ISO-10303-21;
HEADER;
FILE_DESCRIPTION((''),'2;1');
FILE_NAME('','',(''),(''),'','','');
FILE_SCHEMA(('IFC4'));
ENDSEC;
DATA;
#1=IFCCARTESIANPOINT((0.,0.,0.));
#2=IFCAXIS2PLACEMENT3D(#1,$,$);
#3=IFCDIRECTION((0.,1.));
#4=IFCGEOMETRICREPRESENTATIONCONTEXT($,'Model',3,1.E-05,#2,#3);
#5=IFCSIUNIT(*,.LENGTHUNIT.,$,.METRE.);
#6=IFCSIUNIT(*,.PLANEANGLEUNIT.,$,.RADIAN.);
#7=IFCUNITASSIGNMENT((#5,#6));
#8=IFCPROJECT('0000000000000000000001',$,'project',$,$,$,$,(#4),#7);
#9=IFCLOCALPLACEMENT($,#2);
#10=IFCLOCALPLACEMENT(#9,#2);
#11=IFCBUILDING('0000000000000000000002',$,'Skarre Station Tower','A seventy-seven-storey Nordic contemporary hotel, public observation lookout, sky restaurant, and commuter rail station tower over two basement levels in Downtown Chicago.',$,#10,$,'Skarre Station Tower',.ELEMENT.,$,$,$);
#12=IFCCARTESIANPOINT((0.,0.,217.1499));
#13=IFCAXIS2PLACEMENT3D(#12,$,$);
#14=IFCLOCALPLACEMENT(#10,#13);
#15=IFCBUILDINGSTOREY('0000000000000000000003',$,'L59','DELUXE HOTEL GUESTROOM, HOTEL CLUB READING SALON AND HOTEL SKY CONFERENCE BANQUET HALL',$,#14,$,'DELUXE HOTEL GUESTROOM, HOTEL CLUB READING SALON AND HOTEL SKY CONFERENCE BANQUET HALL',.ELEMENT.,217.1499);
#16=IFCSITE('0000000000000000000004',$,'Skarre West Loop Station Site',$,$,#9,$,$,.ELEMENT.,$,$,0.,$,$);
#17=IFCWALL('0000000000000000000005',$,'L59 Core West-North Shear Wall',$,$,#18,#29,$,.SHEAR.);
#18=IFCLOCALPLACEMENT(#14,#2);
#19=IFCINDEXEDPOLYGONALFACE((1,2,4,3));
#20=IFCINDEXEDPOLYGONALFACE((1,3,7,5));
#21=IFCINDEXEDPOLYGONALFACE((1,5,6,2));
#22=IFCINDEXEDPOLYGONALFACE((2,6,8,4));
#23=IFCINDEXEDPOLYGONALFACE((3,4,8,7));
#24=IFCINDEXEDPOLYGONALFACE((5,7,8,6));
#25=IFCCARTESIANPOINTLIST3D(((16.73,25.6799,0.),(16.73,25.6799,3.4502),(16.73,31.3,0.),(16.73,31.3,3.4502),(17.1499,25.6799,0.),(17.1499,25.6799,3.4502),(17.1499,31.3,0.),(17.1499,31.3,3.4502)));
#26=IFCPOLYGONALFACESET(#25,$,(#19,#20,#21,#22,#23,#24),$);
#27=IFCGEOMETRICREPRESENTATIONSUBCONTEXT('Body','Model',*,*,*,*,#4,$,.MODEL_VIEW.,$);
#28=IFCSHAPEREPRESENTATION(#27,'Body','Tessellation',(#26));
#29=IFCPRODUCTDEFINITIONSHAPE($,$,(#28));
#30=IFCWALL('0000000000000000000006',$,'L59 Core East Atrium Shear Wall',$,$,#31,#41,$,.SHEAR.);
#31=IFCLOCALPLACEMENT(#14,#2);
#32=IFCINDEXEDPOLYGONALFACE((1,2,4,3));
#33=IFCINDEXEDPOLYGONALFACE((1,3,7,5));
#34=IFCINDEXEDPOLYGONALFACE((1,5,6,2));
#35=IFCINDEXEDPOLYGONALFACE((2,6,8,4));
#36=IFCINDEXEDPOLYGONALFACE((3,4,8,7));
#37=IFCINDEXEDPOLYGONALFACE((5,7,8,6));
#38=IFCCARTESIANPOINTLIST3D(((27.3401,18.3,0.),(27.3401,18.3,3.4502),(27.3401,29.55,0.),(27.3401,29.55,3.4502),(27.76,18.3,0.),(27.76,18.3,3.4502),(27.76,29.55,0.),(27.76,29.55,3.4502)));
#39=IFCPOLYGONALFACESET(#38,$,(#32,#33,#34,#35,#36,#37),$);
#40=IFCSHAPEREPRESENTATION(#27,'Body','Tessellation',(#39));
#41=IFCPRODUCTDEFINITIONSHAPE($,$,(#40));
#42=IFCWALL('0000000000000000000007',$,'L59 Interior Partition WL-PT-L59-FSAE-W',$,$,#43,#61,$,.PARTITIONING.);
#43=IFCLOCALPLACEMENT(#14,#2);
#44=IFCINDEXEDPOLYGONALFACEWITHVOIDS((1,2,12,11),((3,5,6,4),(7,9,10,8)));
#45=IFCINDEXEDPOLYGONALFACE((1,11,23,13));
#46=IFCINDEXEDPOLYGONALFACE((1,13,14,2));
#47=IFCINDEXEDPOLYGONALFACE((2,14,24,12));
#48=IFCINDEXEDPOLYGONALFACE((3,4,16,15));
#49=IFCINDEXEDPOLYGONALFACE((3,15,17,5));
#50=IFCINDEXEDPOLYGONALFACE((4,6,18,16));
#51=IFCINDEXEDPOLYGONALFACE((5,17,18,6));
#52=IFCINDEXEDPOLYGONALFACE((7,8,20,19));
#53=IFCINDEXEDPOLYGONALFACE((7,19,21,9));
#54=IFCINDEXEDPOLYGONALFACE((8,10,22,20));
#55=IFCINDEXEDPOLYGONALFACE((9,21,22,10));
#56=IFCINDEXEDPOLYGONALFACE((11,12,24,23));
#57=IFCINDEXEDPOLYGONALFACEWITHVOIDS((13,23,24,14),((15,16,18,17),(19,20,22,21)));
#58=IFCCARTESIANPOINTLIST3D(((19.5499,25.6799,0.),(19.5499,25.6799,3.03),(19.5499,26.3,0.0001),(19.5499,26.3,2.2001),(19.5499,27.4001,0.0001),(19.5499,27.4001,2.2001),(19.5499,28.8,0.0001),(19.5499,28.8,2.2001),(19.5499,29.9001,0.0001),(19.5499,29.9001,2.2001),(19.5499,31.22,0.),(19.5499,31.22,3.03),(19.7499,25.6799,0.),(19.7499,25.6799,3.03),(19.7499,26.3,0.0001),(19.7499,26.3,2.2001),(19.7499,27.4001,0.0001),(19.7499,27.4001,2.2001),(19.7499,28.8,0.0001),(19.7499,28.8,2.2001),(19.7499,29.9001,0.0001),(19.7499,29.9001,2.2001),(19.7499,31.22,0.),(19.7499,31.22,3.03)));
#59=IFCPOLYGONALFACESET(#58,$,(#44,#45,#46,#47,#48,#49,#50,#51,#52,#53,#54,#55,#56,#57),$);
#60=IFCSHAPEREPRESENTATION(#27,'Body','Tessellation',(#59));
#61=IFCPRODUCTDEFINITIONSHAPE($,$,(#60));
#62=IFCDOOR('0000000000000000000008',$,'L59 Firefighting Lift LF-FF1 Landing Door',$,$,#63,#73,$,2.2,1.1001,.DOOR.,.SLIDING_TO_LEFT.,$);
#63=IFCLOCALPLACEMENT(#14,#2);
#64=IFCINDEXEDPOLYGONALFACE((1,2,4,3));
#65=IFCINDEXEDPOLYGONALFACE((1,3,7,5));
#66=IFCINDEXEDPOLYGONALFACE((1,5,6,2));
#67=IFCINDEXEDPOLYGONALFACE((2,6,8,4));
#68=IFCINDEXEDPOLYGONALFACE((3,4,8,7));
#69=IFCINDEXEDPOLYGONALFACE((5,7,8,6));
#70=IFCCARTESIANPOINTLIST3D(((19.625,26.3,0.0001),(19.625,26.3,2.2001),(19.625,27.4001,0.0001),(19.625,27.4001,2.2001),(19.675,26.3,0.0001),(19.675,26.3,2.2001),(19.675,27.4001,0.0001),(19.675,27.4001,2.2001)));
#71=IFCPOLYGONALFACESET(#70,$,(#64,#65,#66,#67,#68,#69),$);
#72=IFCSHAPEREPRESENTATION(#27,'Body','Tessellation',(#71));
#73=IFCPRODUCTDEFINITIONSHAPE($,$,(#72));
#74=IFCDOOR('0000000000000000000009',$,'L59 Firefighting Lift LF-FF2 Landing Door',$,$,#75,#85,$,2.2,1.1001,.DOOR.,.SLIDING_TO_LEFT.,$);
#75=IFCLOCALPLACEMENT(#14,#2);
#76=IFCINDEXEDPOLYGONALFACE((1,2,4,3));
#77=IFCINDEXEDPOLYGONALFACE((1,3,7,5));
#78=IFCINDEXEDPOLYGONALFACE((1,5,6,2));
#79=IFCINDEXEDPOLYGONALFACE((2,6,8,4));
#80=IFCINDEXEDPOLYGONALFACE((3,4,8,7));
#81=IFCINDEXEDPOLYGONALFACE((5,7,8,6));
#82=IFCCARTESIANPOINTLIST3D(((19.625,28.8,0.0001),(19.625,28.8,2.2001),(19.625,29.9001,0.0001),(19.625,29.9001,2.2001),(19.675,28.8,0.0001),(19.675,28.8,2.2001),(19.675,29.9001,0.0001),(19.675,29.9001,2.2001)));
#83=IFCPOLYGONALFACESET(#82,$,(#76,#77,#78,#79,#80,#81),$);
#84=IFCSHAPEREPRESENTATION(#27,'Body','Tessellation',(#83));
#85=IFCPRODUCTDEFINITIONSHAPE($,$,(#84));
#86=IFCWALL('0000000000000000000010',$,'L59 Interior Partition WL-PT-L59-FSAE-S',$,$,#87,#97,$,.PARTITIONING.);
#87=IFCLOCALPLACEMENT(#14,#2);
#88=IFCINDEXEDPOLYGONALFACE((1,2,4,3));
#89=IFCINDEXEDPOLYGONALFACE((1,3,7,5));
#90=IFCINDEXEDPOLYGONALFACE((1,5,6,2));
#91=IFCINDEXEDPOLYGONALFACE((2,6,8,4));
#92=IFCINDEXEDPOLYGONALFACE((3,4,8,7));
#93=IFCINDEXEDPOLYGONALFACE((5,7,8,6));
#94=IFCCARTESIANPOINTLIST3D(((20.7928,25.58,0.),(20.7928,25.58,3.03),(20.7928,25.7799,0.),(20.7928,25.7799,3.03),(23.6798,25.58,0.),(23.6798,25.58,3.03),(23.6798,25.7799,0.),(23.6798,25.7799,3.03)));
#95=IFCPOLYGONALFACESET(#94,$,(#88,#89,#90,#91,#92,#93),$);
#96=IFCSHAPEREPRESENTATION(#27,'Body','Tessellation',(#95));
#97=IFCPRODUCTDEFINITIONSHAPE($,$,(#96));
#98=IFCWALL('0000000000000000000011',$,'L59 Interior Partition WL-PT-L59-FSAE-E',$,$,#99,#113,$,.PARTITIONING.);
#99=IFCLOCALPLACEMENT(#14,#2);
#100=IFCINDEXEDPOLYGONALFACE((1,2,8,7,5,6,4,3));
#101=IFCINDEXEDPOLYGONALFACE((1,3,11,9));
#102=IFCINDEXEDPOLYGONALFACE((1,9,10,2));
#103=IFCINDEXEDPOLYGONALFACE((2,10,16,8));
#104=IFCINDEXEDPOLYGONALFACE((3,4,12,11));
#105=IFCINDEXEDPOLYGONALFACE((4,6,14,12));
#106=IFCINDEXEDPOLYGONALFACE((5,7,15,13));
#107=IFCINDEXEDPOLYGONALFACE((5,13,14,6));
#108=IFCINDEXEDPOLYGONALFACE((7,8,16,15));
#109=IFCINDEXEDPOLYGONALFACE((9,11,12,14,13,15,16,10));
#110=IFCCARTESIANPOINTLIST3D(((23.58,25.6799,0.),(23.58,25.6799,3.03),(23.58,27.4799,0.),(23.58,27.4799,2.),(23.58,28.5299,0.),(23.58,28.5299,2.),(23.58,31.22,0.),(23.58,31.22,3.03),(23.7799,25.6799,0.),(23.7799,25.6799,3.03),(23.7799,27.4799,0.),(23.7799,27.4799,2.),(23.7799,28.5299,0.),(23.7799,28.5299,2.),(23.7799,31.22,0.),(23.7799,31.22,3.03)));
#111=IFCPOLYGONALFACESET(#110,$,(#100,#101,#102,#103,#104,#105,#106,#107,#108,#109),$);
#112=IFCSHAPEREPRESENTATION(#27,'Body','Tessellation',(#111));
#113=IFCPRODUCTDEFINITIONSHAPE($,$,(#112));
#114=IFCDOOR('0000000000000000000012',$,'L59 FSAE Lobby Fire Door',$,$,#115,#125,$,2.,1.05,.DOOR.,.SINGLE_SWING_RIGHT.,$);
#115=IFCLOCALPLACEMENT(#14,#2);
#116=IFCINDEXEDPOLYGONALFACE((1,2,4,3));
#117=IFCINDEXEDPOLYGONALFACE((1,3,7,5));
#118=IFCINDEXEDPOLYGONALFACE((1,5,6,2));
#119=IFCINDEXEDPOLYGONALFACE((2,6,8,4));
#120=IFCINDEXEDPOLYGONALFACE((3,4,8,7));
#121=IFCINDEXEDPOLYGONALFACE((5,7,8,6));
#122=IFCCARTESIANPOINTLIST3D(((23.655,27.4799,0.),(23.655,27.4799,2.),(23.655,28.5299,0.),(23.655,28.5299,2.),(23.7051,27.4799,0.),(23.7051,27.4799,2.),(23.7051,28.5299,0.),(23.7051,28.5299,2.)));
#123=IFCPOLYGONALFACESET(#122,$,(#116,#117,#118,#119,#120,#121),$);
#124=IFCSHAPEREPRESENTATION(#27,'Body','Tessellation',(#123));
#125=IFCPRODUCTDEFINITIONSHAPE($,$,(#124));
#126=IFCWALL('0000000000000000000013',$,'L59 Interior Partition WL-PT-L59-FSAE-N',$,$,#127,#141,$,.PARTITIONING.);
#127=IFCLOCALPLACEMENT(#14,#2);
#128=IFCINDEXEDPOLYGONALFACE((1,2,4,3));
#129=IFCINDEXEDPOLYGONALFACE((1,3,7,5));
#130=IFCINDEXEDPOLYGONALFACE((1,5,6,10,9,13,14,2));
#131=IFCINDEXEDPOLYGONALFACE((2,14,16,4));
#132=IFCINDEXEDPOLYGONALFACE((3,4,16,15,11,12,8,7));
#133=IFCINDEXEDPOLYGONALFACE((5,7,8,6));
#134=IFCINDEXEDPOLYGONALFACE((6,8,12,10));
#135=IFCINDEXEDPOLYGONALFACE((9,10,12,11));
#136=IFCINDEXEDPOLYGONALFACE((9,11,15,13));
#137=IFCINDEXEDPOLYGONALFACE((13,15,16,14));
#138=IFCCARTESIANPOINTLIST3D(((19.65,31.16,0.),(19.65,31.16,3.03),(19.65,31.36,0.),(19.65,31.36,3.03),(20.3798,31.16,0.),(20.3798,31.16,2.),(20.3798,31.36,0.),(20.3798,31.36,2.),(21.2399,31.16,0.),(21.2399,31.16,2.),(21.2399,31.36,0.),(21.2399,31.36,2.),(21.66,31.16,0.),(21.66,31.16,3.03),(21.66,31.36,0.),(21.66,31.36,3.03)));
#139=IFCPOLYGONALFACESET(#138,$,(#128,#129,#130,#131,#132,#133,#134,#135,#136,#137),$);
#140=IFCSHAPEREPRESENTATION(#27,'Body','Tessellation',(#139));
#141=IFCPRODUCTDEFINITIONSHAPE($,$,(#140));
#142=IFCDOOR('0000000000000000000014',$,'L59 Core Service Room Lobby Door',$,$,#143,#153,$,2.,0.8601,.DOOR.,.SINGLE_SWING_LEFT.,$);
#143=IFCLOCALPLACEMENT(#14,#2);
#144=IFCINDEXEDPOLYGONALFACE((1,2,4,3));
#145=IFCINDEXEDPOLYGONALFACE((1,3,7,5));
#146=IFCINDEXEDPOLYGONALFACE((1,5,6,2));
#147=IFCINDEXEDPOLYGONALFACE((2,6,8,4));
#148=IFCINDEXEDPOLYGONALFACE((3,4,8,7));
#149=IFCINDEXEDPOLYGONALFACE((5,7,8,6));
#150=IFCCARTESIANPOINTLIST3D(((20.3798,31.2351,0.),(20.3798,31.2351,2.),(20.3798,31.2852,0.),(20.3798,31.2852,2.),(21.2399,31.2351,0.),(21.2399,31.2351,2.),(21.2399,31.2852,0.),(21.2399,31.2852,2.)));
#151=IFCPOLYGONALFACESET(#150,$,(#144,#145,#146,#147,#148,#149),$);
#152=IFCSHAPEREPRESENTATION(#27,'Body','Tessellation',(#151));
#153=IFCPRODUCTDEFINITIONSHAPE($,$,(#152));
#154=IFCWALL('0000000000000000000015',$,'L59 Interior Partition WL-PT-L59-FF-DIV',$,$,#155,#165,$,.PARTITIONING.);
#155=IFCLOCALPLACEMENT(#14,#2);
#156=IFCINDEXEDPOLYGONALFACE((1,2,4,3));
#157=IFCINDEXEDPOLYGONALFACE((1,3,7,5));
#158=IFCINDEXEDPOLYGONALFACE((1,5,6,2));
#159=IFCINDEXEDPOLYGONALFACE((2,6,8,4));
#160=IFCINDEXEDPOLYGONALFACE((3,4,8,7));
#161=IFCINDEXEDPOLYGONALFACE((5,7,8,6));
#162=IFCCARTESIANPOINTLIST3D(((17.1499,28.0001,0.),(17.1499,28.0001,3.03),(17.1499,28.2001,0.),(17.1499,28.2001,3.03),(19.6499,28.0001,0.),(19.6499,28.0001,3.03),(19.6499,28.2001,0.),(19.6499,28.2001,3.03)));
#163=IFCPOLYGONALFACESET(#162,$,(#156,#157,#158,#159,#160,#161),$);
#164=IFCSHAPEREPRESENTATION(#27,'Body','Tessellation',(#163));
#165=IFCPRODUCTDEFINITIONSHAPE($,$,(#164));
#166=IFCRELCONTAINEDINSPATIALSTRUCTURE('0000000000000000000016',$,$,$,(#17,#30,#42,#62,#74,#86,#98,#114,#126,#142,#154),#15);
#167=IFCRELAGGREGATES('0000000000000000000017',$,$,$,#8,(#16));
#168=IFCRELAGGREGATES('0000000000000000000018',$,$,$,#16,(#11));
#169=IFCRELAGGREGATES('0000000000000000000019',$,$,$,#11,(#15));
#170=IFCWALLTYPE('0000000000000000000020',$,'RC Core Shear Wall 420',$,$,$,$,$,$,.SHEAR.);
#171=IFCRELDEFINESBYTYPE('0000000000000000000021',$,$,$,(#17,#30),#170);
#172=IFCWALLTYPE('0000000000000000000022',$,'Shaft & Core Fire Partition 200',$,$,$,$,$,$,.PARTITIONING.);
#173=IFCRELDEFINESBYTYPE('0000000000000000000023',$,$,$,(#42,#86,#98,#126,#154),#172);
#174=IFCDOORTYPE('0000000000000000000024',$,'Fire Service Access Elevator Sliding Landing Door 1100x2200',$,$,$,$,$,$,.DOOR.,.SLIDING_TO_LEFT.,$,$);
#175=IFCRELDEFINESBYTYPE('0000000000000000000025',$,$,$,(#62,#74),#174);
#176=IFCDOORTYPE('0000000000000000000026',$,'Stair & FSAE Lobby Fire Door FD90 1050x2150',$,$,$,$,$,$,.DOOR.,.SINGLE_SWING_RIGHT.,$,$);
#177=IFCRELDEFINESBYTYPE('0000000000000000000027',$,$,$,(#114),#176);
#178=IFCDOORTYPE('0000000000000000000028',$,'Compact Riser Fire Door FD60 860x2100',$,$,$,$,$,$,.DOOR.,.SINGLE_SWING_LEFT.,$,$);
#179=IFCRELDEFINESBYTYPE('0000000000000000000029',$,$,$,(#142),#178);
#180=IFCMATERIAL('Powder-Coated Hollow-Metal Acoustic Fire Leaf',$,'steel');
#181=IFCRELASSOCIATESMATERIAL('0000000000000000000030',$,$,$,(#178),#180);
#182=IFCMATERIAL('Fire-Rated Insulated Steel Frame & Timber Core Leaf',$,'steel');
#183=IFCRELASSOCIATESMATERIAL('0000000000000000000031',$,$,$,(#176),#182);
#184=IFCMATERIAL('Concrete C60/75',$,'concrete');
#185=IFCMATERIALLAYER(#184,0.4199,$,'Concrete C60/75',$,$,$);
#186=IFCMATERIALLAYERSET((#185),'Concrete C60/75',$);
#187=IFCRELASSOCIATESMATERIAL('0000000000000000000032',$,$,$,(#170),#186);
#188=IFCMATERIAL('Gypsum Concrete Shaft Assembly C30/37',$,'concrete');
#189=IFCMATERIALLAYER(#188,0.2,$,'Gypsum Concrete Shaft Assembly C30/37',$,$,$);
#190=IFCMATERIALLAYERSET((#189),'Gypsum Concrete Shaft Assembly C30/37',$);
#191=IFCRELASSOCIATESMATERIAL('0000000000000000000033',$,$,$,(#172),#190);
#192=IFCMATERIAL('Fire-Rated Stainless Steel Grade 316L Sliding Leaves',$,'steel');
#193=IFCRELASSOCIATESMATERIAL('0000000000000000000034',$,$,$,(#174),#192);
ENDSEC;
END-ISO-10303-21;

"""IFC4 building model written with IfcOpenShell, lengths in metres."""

from ifc_helpers import new_model, si_unit, direction, frame, frame_2d, origin, place, context, subcontext, project, spatial, rectangle, extrude, material, layer, layer_set, type_object, element, fill, save


model = new_model("IFC4")

# Units and contexts
model_context = context("Model", 3, precision=1e-05, world=origin(), true_north=direction((0.0, 1.0)))
body_context = subcontext(model_context, "Body", "Model", "MODEL_VIEW")
ifc_project = project(units=[si_unit("LENGTHUNIT", "METRE"), si_unit("PLANEANGLEUNIT", "RADIAN")], contexts=[model_context])

# Site, building, storey
site_placement = place(None, origin())
site = spatial("IfcSite", under=ifc_project, at=site_placement, Name="Skarre West Loop Station Site", CompositionType="ELEMENT", RefElevation=0.0)
building_placement = place(site_placement, origin())
building = spatial("IfcBuilding", under=site, at=building_placement, Name="Skarre Station Tower", Description="A seventy-seven-storey Nordic contemporary hotel, public observation lookout, sky restaurant, and commuter rail station tower over two basement levels in Downtown Chicago.", LongName="Skarre Station Tower", CompositionType="ELEMENT")
storey_placement = place(building_placement, frame((0.0, 0.0, 217.1499)))
storey = spatial("IfcBuildingStorey", under=building, at=storey_placement, Name="L59", Description="DELUXE HOTEL GUESTROOM, HOTEL CLUB READING SALON AND HOTEL SKY CONFERENCE BANQUET HALL", LongName="DELUXE HOTEL GUESTROOM, HOTEL CLUB READING SALON AND HOTEL SKY CONFERENCE BANQUET HALL", CompositionType="ELEMENT", Elevation=217.1499)

# Shared definitions
ifc_material_1 = material(Name="Concrete C60/75", Category="concrete")

# Shared definitions
ifc_material_2 = material(Name="Powder-Coated Hollow-Metal Acoustic Fire Leaf", Category="steel")
door_type_1 = type_object("IfcDoorType", Name="Compact Riser Fire Door FD60 860x2100", OperationType="SINGLE_SWING_LEFT", PredefinedType="DOOR", material=ifc_material_2)

# Shared definitions
ifc_material_3 = material(Name="Fire-Rated Insulated Steel Frame & Timber Core Leaf", Category="steel")
door_type_2 = type_object("IfcDoorType", Name="Stair & FSAE Lobby Fire Door FD90 1050x2150", OperationType="SINGLE_SWING_RIGHT", PredefinedType="DOOR", material=ifc_material_3)

# Walls
ifc_layer_1 = layer(ifc_material_1, 0.4199, Name="Concrete C60/75")
ifc_layer_set_1 = layer_set([ifc_layer_1], Name="Concrete C60/75")
wall_type_1 = type_object("IfcWallType", Name="RC Core Shear Wall 420", PredefinedType="SHEAR", material=ifc_layer_set_1)
wall_1_placement = place(storey_placement, frame((16.9399, 25.6799, 0.0), z_axis=(0.0, 0.0, 1.0), x_axis=(0.0, 1.0, 0.0)))
element("IfcWall", 1, at=wall_1_placement, inside=storey, type_object=wall_type_1, Name="L59 Core West-North Shear Wall", PredefinedType="SHEAR", context=body_context, shape_type="SweptSolid", body=[
    extrude(rectangle(XDim=5.6201, YDim=0.4199, at=frame_2d((2.8101, 0.0))), origin(), (0.0, 0.0, 1.0), 3.4502),
])
wall_2_placement = place(storey_placement, frame((27.55, 29.55, 0.0), z_axis=(0.0, 0.0, 1.0), x_axis=(0.0, -1.0, 0.0)))
element("IfcWall", 2, at=wall_2_placement, inside=storey, type_object=wall_type_1, Name="L59 Core East Atrium Shear Wall", PredefinedType="SHEAR", context=body_context, shape_type="SweptSolid", body=[
    extrude(rectangle(XDim=11.25, YDim=0.4199, at=frame_2d((5.625, 0.0))), origin(), (0.0, 0.0, 1.0), 3.4502),
])

# Wall, openings, doors
ifc_material_4 = material(Name="Gypsum Concrete Shaft Assembly C30/37", Category="concrete")
ifc_layer_2 = layer(ifc_material_4, 0.2, Name="Gypsum Concrete Shaft Assembly C30/37")
ifc_layer_set_2 = layer_set([ifc_layer_2], Name="Gypsum Concrete Shaft Assembly C30/37")
wall_type_2 = type_object("IfcWallType", Name="Shaft & Core Fire Partition 200", PredefinedType="PARTITIONING", material=ifc_layer_set_2)
wall_3_placement = place(storey_placement, frame((19.6499, 25.6799, 0.0), z_axis=(0.0, 0.0, 1.0), x_axis=(0.0, 1.0, 0.0)))
wall_3 = element("IfcWall", 3, at=wall_3_placement, inside=storey, type_object=wall_type_2, Name="L59 Interior Partition WL-PT-L59-FSAE-W", PredefinedType="PARTITIONING", context=body_context, shape_type="SweptSolid", body=[
    extrude(rectangle(XDim=5.54, YDim=0.2, at=frame_2d((2.77, 0.0))), origin(), (0.0, 0.0, 1.0), 3.03),
])
opening_1_placement = place(wall_3_placement, frame((0.6201, 0.0, 0.0)))
opening_1 = element("IfcOpeningElement", 4, at=opening_1_placement, cuts=wall_3, PredefinedType="OPENING", context=body_context, shape_type="SweptSolid", body=[
    extrude(rectangle(XDim=1.1001, YDim=2.2, at=frame_2d((0.55, 1.1001))), frame((0.0, 0.1099, 0.0), z_axis=(0.0, -1.0, 0.0), x_axis=(1.0, 0.0, 0.0)), (0.0, 0.0, 1.0), 0.22),
])
opening_2_placement = place(wall_3_placement, frame((3.1201, 0.0, 0.0)))
opening_2 = element("IfcOpeningElement", 5, at=opening_2_placement, cuts=wall_3, PredefinedType="OPENING", context=body_context, shape_type="SweptSolid", body=[
    extrude(rectangle(XDim=1.1001, YDim=2.2, at=frame_2d((0.55, 1.1001))), frame((0.0, 0.1099, 0.0), z_axis=(0.0, -1.0, 0.0), x_axis=(1.0, 0.0, 0.0)), (0.0, 0.0, 1.0), 0.22),
])
ifc_material_5 = material(Name="Fire-Rated Stainless Steel Grade 316L Sliding Leaves", Category="steel")
door_type_3 = type_object("IfcDoorType", Name="Fire Service Access Elevator Sliding Landing Door 1100x2200", OperationType="SLIDING_TO_LEFT", PredefinedType="DOOR", material=ifc_material_5)
door_1_placement = place(opening_1_placement, origin())
door_1 = element("IfcDoor", 6, at=door_1_placement, inside=storey, type_object=door_type_3, Name="L59 Firefighting Lift LF-FF1 Landing Door", OperationType="SLIDING_TO_LEFT", OverallHeight=2.2, OverallWidth=1.1001, PredefinedType="DOOR", context=body_context, shape_type="SweptSolid", body=[
    extrude(rectangle(XDim=1.1001, YDim=2.2, at=frame_2d((0.55, 1.1001))), frame((0.0, 0.0249, 0.0), z_axis=(0.0, -1.0, 0.0), x_axis=(1.0, 0.0, 0.0)), (0.0, 0.0, 1.0), 0.05),
])
fill(opening_1, door_1)
door_2_placement = place(opening_2_placement, origin())
door_2 = element("IfcDoor", 7, at=door_2_placement, inside=storey, type_object=door_type_3, Name="L59 Firefighting Lift LF-FF2 Landing Door", OperationType="SLIDING_TO_LEFT", OverallHeight=2.2, OverallWidth=1.1001, PredefinedType="DOOR", context=body_context, shape_type="SweptSolid", body=[
    extrude(rectangle(XDim=1.1001, YDim=2.2, at=frame_2d((0.55, 1.1001))), frame((0.0, 0.0249, 0.0), z_axis=(0.0, -1.0, 0.0), x_axis=(1.0, 0.0, 0.0)), (0.0, 0.0, 1.0), 0.05),
])
fill(opening_2, door_2)

# Wall
wall_4_placement = place(storey_placement, frame((20.793, 25.6799, 0.0), z_axis=(0.0, 0.0, 1.0), x_axis=(1.0, 0.0, 0.0)))
element("IfcWall", 8, at=wall_4_placement, inside=storey, type_object=wall_type_2, Name="L59 Interior Partition WL-PT-L59-FSAE-S", PredefinedType="PARTITIONING", context=body_context, shape_type="SweptSolid", body=[
    extrude(rectangle(XDim=2.887, YDim=0.2, at=frame_2d((1.4434, 0.0))), origin(), (0.0, 0.0, 1.0), 3.03),
])

# Walls, openings, doors
wall_5_placement = place(storey_placement, frame((23.6799, 25.6799, 0.0), z_axis=(0.0, 0.0, 1.0), x_axis=(0.0, 1.0, 0.0)))
wall_5 = element("IfcWall", 9, at=wall_5_placement, inside=storey, type_object=wall_type_2, Name="L59 Interior Partition WL-PT-L59-FSAE-E", PredefinedType="PARTITIONING", context=body_context, shape_type="SweptSolid", body=[
    extrude(rectangle(XDim=5.54, YDim=0.2, at=frame_2d((2.77, 0.0))), origin(), (0.0, 0.0, 1.0), 3.03),
])
opening_3_placement = place(wall_5_placement, frame((1.8, 0.0, 0.0)))
opening_3 = element("IfcOpeningElement", 10, at=opening_3_placement, cuts=wall_5, PredefinedType="OPENING", context=body_context, shape_type="SweptSolid", body=[
    extrude(rectangle(XDim=1.05, YDim=2.0, at=frame_2d((0.5249, 1.0))), frame((0.0, 0.1099, 0.0), z_axis=(0.0, -1.0, 0.0), x_axis=(1.0, 0.0, 0.0)), (0.0, 0.0, 1.0), 0.22),
])
door_3_placement = place(opening_3_placement, origin())
door_3 = element("IfcDoor", 11, at=door_3_placement, inside=storey, type_object=door_type_2, Name="L59 FSAE Lobby Fire Door", OperationType="SINGLE_SWING_RIGHT", OverallHeight=2.0, OverallWidth=1.05, PredefinedType="DOOR", context=body_context, shape_type="SweptSolid", body=[
    extrude(rectangle(XDim=1.05, YDim=2.0, at=frame_2d((0.5249, 1.0))), frame((0.0, 0.0249, 0.0), z_axis=(0.0, -1.0, 0.0), x_axis=(1.0, 0.0, 0.0)), (0.0, 0.0, 1.0), 0.05),
])
fill(opening_3, door_3)
wall_6_placement = place(storey_placement, frame((21.6599, 31.26, 0.0), z_axis=(0.0, 0.0, 1.0), x_axis=(-1.0, 0.0, 0.0)))
wall_6 = element("IfcWall", 12, at=wall_6_placement, inside=storey, type_object=wall_type_2, Name="L59 Interior Partition WL-PT-L59-FSAE-N", PredefinedType="PARTITIONING", context=body_context, shape_type="SweptSolid", body=[
    extrude(rectangle(XDim=2.01, YDim=0.2, at=frame_2d((1.0049, 0.0))), origin(), (0.0, 0.0, 1.0), 3.03),
])
opening_4_placement = place(wall_6_placement, frame((0.4199, 0.0, 0.0)))
opening_4 = element("IfcOpeningElement", 13, at=opening_4_placement, cuts=wall_6, PredefinedType="OPENING", context=body_context, shape_type="SweptSolid", body=[
    extrude(rectangle(XDim=0.8601, YDim=2.0, at=frame_2d((0.4302, 1.0))), frame((0.0, 0.1099, 0.0), z_axis=(0.0, -1.0, 0.0), x_axis=(1.0, 0.0, 0.0)), (0.0, 0.0, 1.0), 0.22),
])
door_4_placement = place(opening_4_placement, origin())
door_4 = element("IfcDoor", 14, at=door_4_placement, inside=storey, type_object=door_type_1, Name="L59 Core Service Room Lobby Door", OperationType="SINGLE_SWING_LEFT", OverallHeight=2.0, OverallWidth=0.8601, PredefinedType="DOOR", context=body_context, shape_type="SweptSolid", body=[
    extrude(rectangle(XDim=0.8601, YDim=2.0, at=frame_2d((0.4302, 1.0))), frame((0.0, 0.0249, 0.0), z_axis=(0.0, -1.0, 0.0), x_axis=(1.0, 0.0, 0.0)), (0.0, 0.0, 1.0), 0.05),
])
fill(opening_4, door_4)

# Wall
wall_7_placement = place(storey_placement, frame((17.1499, 28.1001, 0.0), z_axis=(0.0, 0.0, 1.0), x_axis=(1.0, 0.0, 0.0)))
element("IfcWall", 15, at=wall_7_placement, inside=storey, type_object=wall_type_2, Name="L59 Interior Partition WL-PT-L59-FF-DIV", PredefinedType="PARTITIONING", context=body_context, shape_type="SweptSolid", body=[
    extrude(rectangle(XDim=2.5, YDim=0.2, at=frame_2d((1.25, 0.0))), origin(), (0.0, 0.0, 1.0), 3.03),
])

save(model, "model.ifc")
